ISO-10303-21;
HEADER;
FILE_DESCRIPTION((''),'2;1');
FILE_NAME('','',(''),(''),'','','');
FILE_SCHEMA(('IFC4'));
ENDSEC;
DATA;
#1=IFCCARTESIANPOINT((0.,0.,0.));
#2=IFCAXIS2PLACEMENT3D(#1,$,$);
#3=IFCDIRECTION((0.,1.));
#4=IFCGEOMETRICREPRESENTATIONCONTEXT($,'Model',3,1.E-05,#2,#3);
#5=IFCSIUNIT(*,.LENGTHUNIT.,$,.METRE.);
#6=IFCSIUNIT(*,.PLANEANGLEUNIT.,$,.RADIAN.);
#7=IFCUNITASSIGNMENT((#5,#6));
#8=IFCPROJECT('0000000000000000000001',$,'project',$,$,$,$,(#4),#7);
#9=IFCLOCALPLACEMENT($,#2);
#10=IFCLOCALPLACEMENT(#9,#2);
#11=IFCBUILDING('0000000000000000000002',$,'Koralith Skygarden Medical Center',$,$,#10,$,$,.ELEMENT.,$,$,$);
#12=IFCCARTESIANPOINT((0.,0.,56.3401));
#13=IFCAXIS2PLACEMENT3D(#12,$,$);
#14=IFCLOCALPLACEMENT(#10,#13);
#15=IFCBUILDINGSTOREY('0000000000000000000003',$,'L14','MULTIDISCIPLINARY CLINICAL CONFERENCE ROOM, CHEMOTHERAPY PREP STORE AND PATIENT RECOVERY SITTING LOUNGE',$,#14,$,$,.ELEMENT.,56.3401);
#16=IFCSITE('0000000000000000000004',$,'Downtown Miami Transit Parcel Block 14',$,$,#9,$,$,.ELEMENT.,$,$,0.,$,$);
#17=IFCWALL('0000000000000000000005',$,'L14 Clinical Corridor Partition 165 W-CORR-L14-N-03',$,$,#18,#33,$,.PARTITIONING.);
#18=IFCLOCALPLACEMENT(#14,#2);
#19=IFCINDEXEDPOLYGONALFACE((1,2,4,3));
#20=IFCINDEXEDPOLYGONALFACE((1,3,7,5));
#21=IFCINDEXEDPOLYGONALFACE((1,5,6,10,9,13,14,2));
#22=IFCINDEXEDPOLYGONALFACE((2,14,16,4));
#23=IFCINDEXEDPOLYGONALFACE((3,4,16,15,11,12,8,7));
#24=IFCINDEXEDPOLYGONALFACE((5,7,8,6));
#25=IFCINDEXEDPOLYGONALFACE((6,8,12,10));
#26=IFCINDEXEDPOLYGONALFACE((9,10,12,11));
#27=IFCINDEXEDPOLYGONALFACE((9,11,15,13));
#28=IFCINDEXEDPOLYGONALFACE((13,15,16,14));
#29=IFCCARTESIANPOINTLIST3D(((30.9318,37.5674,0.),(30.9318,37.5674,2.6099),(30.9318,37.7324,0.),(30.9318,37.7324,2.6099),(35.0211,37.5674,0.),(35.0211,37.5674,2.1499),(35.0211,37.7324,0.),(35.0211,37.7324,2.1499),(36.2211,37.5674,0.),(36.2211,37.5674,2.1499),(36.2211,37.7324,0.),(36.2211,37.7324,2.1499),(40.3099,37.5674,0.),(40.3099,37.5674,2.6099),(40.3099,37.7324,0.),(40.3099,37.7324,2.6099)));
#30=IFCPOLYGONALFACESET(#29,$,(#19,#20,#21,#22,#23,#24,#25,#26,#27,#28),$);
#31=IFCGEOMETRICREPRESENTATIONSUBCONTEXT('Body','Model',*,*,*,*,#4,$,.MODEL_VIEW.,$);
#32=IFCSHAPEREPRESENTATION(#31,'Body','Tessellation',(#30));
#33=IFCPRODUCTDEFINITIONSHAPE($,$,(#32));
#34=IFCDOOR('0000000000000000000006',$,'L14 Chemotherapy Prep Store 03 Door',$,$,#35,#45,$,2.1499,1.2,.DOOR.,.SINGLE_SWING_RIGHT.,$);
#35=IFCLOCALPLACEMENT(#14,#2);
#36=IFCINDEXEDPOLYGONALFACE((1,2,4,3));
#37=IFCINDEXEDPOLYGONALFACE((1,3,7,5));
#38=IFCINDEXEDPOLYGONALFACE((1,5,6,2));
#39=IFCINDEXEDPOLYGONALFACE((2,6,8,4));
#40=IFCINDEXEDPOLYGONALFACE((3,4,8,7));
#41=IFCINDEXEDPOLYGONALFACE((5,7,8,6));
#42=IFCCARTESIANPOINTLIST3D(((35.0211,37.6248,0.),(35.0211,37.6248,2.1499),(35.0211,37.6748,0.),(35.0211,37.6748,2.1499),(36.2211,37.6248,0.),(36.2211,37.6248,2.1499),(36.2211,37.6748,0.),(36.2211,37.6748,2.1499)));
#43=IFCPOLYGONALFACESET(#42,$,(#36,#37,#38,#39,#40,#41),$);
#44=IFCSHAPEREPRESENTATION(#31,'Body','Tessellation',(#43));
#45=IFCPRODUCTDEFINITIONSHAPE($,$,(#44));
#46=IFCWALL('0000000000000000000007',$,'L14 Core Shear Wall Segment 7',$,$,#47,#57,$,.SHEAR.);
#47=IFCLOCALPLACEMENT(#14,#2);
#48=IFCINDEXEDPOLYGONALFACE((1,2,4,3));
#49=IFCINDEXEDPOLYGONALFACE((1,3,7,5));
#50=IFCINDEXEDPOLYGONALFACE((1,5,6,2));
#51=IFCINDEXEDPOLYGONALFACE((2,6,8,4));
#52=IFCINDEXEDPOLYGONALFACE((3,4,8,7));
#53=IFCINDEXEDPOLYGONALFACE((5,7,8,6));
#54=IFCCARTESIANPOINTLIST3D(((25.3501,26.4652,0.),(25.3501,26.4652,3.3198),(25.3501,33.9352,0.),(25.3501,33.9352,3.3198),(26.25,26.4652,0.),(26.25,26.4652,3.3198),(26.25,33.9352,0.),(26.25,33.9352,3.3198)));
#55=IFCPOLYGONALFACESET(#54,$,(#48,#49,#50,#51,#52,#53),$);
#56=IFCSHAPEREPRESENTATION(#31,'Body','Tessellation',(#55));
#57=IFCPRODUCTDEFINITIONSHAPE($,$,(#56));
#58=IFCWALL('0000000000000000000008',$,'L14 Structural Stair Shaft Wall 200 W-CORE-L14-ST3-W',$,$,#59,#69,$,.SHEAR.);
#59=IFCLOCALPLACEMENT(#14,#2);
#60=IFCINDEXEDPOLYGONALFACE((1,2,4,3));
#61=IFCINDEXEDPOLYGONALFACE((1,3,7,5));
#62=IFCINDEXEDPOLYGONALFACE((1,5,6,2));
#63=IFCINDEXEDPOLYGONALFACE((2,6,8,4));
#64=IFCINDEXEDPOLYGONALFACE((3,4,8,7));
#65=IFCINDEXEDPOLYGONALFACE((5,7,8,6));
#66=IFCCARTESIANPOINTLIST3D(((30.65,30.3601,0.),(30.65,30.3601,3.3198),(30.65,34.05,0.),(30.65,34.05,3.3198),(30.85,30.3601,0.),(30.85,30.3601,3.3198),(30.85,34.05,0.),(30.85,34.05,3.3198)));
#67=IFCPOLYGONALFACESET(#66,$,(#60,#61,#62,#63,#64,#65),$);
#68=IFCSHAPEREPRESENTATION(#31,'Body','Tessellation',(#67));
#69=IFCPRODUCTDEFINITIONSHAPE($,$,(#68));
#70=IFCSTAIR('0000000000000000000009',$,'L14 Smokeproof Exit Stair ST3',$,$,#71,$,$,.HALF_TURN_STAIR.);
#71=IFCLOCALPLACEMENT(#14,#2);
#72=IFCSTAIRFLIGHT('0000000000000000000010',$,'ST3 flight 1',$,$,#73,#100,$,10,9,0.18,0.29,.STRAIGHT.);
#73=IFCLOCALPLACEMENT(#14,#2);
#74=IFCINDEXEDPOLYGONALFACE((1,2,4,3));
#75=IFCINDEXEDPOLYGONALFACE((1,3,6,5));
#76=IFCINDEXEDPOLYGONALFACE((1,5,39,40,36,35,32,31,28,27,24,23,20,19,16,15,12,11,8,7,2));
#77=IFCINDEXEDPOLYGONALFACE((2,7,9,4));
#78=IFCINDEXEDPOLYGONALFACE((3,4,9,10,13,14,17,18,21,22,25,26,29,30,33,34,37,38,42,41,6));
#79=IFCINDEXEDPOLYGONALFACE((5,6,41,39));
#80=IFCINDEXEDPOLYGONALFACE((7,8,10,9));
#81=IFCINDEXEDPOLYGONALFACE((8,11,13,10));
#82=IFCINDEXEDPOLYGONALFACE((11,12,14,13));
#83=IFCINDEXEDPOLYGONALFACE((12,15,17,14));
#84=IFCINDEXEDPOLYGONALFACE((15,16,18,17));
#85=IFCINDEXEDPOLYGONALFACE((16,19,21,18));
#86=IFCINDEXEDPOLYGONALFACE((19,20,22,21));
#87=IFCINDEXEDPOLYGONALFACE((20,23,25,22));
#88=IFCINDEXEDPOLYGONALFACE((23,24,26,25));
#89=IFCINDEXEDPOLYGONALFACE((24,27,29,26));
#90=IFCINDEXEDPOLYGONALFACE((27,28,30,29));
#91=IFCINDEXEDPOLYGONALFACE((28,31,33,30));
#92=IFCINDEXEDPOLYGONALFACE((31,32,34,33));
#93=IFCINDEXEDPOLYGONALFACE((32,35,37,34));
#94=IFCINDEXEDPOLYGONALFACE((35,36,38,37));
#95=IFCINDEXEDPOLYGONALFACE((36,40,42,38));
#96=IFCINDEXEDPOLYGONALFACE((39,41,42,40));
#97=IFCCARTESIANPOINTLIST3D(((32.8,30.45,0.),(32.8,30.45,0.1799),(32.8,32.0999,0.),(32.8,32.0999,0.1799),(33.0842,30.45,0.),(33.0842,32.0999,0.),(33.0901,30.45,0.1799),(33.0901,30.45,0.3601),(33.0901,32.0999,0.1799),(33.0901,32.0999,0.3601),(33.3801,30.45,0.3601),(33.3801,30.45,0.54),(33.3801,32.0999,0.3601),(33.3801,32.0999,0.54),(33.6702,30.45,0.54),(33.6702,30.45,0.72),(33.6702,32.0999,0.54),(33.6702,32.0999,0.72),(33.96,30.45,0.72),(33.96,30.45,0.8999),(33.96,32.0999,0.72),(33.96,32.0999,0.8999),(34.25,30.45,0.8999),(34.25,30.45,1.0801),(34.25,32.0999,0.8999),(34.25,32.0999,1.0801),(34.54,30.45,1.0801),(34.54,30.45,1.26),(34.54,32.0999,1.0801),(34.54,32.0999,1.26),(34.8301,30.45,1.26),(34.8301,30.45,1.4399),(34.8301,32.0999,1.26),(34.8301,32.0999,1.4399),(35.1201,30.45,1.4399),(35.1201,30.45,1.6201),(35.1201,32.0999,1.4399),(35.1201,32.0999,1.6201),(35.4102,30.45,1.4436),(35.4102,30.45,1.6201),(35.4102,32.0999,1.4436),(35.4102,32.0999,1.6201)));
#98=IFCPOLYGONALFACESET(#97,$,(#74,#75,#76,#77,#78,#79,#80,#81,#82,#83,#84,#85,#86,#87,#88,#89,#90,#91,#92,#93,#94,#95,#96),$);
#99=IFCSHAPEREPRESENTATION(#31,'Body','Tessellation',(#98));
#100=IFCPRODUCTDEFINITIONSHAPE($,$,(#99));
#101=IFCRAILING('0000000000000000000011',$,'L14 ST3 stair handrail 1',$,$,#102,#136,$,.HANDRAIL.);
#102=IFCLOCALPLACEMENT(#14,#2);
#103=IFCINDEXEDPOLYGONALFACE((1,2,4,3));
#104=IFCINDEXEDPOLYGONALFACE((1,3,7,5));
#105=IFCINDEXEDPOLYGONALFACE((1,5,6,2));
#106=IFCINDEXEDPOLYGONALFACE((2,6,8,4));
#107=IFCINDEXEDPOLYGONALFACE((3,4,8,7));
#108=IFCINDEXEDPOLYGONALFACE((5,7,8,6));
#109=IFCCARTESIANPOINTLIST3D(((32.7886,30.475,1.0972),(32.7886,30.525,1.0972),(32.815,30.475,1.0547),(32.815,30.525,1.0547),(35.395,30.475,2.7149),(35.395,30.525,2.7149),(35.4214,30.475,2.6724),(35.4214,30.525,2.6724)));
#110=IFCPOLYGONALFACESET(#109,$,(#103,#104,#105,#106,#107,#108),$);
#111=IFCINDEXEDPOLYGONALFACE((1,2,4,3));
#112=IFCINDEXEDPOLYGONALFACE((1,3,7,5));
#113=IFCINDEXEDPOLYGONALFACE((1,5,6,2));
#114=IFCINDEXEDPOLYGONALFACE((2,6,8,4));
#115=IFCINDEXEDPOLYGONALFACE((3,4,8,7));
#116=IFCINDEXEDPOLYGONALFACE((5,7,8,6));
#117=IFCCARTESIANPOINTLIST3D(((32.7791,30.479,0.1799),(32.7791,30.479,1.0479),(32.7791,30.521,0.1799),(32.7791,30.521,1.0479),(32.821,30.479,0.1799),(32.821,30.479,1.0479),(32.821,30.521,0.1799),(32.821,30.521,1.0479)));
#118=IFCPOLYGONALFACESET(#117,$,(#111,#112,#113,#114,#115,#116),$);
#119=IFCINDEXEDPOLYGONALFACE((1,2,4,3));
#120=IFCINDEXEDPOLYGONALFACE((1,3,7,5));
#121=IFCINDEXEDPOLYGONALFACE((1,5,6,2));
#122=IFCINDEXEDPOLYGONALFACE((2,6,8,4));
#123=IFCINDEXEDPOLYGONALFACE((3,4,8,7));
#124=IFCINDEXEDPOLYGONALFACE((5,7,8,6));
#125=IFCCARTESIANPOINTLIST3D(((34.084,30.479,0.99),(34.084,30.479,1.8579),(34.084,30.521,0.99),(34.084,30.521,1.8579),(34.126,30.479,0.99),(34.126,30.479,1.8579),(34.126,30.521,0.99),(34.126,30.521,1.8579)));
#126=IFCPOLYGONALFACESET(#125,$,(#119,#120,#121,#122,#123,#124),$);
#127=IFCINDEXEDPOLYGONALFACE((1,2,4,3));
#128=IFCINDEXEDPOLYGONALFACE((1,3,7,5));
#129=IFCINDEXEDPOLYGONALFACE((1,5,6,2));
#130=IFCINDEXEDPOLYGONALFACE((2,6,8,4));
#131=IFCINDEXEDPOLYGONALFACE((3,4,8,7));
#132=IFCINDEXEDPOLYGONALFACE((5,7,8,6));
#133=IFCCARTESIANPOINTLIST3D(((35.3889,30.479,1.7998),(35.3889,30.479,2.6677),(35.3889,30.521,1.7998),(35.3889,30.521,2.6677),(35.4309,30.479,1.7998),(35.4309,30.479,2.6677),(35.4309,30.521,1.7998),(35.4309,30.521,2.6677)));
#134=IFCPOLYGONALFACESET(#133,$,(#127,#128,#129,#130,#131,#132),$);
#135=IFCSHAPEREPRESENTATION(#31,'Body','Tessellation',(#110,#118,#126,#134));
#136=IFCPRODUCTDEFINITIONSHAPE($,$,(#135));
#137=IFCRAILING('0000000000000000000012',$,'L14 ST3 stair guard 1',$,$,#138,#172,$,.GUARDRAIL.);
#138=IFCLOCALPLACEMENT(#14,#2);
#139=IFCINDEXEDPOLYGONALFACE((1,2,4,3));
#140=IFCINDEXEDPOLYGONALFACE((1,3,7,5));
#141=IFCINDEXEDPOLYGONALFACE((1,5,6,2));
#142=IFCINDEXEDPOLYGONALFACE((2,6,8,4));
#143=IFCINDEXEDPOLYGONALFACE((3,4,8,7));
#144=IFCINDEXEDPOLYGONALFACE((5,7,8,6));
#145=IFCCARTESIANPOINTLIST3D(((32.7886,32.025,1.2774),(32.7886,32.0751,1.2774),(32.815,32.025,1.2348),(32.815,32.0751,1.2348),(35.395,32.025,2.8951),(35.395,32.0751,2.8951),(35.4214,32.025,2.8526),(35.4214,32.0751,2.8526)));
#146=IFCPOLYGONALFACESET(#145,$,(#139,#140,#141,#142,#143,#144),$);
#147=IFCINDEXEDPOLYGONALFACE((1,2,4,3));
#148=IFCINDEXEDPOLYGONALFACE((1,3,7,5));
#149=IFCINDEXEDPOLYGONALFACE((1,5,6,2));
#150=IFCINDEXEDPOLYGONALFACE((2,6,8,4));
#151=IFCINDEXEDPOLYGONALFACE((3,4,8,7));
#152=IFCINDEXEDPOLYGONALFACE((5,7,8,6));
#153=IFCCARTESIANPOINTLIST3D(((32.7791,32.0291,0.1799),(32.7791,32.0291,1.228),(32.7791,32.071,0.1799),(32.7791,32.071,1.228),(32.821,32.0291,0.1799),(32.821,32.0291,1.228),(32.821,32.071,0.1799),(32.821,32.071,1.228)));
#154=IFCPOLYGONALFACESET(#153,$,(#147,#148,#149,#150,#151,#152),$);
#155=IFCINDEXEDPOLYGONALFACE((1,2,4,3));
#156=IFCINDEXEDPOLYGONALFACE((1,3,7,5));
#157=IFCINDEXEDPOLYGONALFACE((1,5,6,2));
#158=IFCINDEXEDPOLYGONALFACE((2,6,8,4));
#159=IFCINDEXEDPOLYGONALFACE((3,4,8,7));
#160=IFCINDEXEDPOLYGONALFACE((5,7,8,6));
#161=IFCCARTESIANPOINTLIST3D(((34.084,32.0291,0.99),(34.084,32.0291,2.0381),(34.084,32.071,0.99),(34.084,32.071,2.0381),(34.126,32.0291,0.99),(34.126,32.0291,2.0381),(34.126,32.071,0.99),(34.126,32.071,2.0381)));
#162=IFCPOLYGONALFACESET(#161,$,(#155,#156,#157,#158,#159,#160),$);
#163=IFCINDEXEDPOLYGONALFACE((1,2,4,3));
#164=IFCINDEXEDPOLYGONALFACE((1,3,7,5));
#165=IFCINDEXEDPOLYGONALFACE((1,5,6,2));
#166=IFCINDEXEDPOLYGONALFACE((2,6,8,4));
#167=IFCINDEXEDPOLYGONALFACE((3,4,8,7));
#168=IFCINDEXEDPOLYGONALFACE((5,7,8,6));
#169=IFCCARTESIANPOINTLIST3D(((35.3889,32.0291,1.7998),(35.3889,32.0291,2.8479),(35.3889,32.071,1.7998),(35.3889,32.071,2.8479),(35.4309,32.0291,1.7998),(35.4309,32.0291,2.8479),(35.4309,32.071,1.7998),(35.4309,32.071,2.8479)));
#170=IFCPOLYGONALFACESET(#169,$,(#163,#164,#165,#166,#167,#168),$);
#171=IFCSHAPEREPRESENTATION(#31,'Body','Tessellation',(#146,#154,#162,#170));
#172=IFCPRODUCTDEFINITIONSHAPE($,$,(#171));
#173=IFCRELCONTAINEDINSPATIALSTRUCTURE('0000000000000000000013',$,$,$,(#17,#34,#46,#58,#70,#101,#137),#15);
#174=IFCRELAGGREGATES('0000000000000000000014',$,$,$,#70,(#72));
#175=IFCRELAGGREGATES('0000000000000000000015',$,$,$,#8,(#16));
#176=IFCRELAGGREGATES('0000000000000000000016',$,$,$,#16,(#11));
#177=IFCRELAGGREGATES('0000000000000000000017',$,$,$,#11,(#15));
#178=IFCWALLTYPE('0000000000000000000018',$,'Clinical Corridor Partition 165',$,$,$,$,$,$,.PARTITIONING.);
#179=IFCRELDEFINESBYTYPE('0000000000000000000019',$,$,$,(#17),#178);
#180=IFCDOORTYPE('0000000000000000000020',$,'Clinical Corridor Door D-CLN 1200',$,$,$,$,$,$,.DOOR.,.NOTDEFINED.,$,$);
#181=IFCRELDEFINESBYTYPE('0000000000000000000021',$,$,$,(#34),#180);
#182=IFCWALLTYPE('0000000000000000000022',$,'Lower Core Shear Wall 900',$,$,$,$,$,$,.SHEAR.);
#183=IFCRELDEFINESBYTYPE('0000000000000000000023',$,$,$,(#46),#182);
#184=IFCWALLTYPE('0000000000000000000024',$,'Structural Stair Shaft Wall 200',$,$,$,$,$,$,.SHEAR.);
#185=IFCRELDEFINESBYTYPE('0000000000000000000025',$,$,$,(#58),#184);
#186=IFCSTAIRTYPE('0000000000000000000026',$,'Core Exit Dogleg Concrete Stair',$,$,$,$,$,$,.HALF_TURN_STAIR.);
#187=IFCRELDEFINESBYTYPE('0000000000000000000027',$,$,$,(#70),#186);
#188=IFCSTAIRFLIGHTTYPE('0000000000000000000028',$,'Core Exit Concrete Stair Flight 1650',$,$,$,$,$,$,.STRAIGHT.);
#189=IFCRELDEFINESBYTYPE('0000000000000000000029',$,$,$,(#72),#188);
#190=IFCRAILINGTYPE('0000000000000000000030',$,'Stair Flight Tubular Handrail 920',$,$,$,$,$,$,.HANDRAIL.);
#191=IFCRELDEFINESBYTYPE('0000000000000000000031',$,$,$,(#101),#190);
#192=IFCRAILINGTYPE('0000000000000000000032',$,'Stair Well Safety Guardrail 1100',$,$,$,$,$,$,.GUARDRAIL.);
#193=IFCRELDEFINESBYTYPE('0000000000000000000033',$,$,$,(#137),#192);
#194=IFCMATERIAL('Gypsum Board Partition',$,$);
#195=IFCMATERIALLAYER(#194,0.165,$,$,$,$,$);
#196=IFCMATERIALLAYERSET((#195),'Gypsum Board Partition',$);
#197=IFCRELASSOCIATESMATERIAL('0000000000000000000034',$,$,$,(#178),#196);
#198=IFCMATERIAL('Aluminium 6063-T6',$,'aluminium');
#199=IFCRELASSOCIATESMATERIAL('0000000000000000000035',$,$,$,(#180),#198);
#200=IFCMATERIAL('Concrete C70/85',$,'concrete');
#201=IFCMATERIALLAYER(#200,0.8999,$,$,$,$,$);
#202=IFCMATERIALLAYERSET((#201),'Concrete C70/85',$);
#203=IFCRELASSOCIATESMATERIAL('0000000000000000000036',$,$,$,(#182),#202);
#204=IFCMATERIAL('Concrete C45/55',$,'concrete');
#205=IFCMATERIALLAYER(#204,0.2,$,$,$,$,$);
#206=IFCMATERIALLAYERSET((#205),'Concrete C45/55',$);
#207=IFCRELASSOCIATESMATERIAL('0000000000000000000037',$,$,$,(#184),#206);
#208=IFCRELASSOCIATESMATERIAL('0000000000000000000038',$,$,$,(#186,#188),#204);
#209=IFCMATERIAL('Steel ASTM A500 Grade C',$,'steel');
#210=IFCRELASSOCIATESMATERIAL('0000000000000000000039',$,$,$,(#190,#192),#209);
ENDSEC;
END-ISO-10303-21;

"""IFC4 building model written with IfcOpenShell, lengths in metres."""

from ifc_helpers import new_model, si_unit, direction, frame, frame_2d, origin, origin_2d, place, context, subcontext, project, spatial, polyline, rectangle, outline, extrude, material, layer, layer_set, type_object, element, fill, aggregate, save


model = new_model("IFC4")

# Units and contexts
model_context = context("Model", 3, precision=1e-05, world=origin(), true_north=direction((0.0, 1.0)))
body_context = subcontext(model_context, "Body", "Model", "MODEL_VIEW")
ifc_project = project(units=[si_unit("LENGTHUNIT", "METRE"), si_unit("PLANEANGLEUNIT", "RADIAN")], contexts=[model_context])

# Site, building, storey
site_placement = place(None, origin())
site = spatial("IfcSite", under=ifc_project, at=site_placement, Name="Downtown Miami Transit Parcel Block 14", CompositionType="ELEMENT", RefElevation=0.0)
building_placement = place(site_placement, origin())
building = spatial("IfcBuilding", under=site, at=building_placement, Name="Koralith Skygarden Medical Center", CompositionType="ELEMENT")
storey_placement = place(building_placement, frame((0.0, 0.0, 56.3401)))
storey = spatial("IfcBuildingStorey", under=building, at=storey_placement, Name="L14", Description="MULTIDISCIPLINARY CLINICAL CONFERENCE ROOM, CHEMOTHERAPY PREP STORE AND PATIENT RECOVERY SITTING LOUNGE", CompositionType="ELEMENT", Elevation=56.3401)

# Shared definitions
ifc_material_1 = material(Name="Concrete C70/85", Category="concrete")

# Shared definitions
ifc_material_2 = material(Name="Aluminium 6063-T6", Category="aluminium")

# Shared definitions
ifc_material_3 = material(Name="Concrete C45/55", Category="concrete")

# Shared definitions
ifc_material_4 = material(Name="Gypsum Board Partition")

# Wall, opening, door
ifc_layer_1 = layer(ifc_material_4, 0.165)
ifc_layer_set_1 = layer_set([ifc_layer_1], Name="Gypsum Board Partition")
wall_type_1 = type_object("IfcWallType", Name="Clinical Corridor Partition 165", PredefinedType="PARTITIONING", material=ifc_layer_set_1)
wall_1_placement = place(storey_placement, frame((30.9319, 37.6499, 0.0), z_axis=(0.0, 0.0, 1.0), x_axis=(1.0, 0.0, 0.0)))
wall_1 = element("IfcWall", 1, at=wall_1_placement, inside=storey, type_object=wall_type_1, Name="L14 Clinical Corridor Partition 165 W-CORR-L14-N-03", PredefinedType="PARTITIONING", context=body_context, shape_type="SweptSolid", body=[
    extrude(rectangle(XDim=9.3782, YDim=0.165, at=frame_2d((4.689, 0.0))), origin(), (0.0, 0.0, 1.0), 2.6099),
])
opening_placement = place(wall_1_placement, frame((4.0891, 0.0, 0.0)))
opening = element("IfcOpeningElement", 2, at=opening_placement, cuts=wall_1, PredefinedType="OPENING", context=body_context, shape_type="SweptSolid", body=[
    extrude(rectangle(XDim=1.2, YDim=2.1499, at=frame_2d((0.6001, 1.075))), frame((0.0, 0.0925, 0.0), z_axis=(0.0, -1.0, 0.0), x_axis=(1.0, 0.0, 0.0)), (0.0, 0.0, 1.0), 0.1851),
])
door_type = type_object("IfcDoorType", Name="Clinical Corridor Door D-CLN 1200", OperationType="NOTDEFINED", PredefinedType="DOOR", material=ifc_material_2)
door_placement = place(opening_placement, origin())
door = element("IfcDoor", 3, at=door_placement, inside=storey, type_object=door_type, Name="L14 Chemotherapy Prep Store 03 Door", OperationType="SINGLE_SWING_RIGHT", OverallHeight=2.1499, OverallWidth=1.2, PredefinedType="DOOR", context=body_context, shape_type="SweptSolid", body=[
    extrude(rectangle(XDim=1.2, YDim=2.1499, at=frame_2d((0.6001, 1.075))), frame((0.0, 0.0249, 0.0), z_axis=(0.0, -1.0, 0.0), x_axis=(1.0, 0.0, 0.0)), (0.0, 0.0, 1.0), 0.05),
])
fill(opening, door)

# Walls
ifc_layer_2 = layer(ifc_material_1, 0.8999)
ifc_layer_set_2 = layer_set([ifc_layer_2], Name="Concrete C70/85")
wall_type_2 = type_object("IfcWallType", Name="Lower Core Shear Wall 900", PredefinedType="SHEAR", material=ifc_layer_set_2)
wall_2_placement = place(storey_placement, frame((25.8, 33.9351, 0.0), z_axis=(0.0, 0.0, 1.0), x_axis=(0.0, -1.0, 0.0)))
element("IfcWall", 4, at=wall_2_placement, inside=storey, type_object=wall_type_2, Name="L14 Core Shear Wall Segment 7", PredefinedType="SHEAR", context=body_context, shape_type="SweptSolid", body=[
    extrude(rectangle(XDim=7.47, YDim=0.8999, at=frame_2d((3.7349, 0.0))), origin(), (0.0, 0.0, 1.0), 3.3198),
])
ifc_layer_3 = layer(ifc_material_3, 0.2)
ifc_layer_set_3 = layer_set([ifc_layer_3], Name="Concrete C45/55")
wall_type_3 = type_object("IfcWallType", Name="Structural Stair Shaft Wall 200", PredefinedType="SHEAR", material=ifc_layer_set_3)
wall_3_placement = place(storey_placement, frame((30.75, 30.3601, 0.0), z_axis=(0.0, 0.0, 1.0), x_axis=(0.0, 1.0, 0.0)))
element("IfcWall", 5, at=wall_3_placement, inside=storey, type_object=wall_type_3, Name="L14 Structural Stair Shaft Wall 200 W-CORE-L14-ST3-W", PredefinedType="SHEAR", context=body_context, shape_type="SweptSolid", body=[
    extrude(rectangle(XDim=3.6899, YDim=0.2, at=frame_2d((1.845, 0.0))), origin(), (0.0, 0.0, 1.0), 3.3198),
])

# Stair, stair flight
stair_type = type_object("IfcStairType", Name="Core Exit Dogleg Concrete Stair", PredefinedType="HALF_TURN_STAIR", material=ifc_material_3)
stair_placement = place(storey_placement, origin())
stair = element("IfcStair", 6, at=stair_placement, inside=storey, type_object=stair_type, Name="L14 Smokeproof Exit Stair ST3", PredefinedType="HALF_TURN_STAIR")
stair_flight_type = type_object("IfcStairFlightType", Name="Core Exit Concrete Stair Flight 1650", PredefinedType="STRAIGHT", material=ifc_material_3)
stair_flight_placement = place(storey_placement, frame((32.8, 31.2749, 0.0), z_axis=(0.0, 0.0, 1.0), x_axis=(1.0, 0.0, 0.0)))
stair_flight = element("IfcStairFlight", 7, at=stair_flight_placement, type_object=stair_flight_type, Name="ST3 flight 1", NumberOfRisers=10, NumberOfTreads=9, PredefinedType="STRAIGHT", RiserHeight=0.18, TreadLength=0.29, context=body_context, shape_type="SweptSolid", body=[
    extrude(outline(polyline([(0.0, 0.0), (0.0, 0.1799), (0.29, 0.1799), (0.29, 0.3601), (0.5801, 0.3601), (0.5801, 0.54), (0.8701, 0.54), (0.8701, 0.72), (1.1599, 0.72), (1.1599, 0.8999), (1.45, 0.8999), (1.45, 1.0801), (1.74, 1.0801), (1.74, 1.26), (2.03, 1.26), (2.03, 1.4399), (2.3201, 1.4399), (2.3201, 1.6201), (2.6101, 1.6201), (2.6101, 1.8), (2.6101, 1.4436), (0.2842, 0.0), (0.0, 0.0)])), frame((0.0, 0.825, 0.0), z_axis=(0.0, -1.0, 0.0), x_axis=(1.0, 0.0, 0.0)), (0.0, 0.0, 1.0), 1.6499),
])
aggregate(stair, [stair_flight])

# Railings
ifc_material_5 = material(Name="Steel ASTM A500 Grade C", Category="steel")
railing_type_1 = type_object("IfcRailingType", Name="Stair Flight Tubular Handrail 920", PredefinedType="HANDRAIL", material=ifc_material_5)
railing_1_placement = place(storey_placement, frame((32.8, 30.5, 0.1799)))
element("IfcRailing", 8, at=railing_1_placement, inside=storey, type_object=railing_type_1, Name="L14 ST3 stair handrail 1", PredefinedType="HANDRAIL", context=body_context, shape_type="SweptSolid", body=[
    extrude(rectangle(XDim=0.05, YDim=0.05, at=origin_2d()), frame((0.0017, 0.0, 0.896), z_axis=(0.849646, 0.0, 0.527353), x_axis=(0.0, 1.0, 0.0)), (0.0, 0.0, 1.0), 3.0676),
    extrude(rectangle(XDim=0.042, YDim=0.042, at=origin_2d()), origin(), (0.0, 0.0, 1.0), 0.8679),
    extrude(rectangle(XDim=0.042, YDim=0.042, at=origin_2d()), frame((1.3049, 0.0, 0.8101)), (0.0, 0.0, 1.0), 0.8679),
    extrude(rectangle(XDim=0.042, YDim=0.042, at=origin_2d()), frame((2.6099, 0.0, 1.6199)), (0.0, 0.0, 1.0), 0.8679),
])
railing_type_2 = type_object("IfcRailingType", Name="Stair Well Safety Guardrail 1100", PredefinedType="GUARDRAIL", material=ifc_material_5)
railing_2_placement = place(storey_placement, frame((32.8, 32.05, 0.1799)))
element("IfcRailing", 9, at=railing_2_placement, inside=storey, type_object=railing_type_2, Name="L14 ST3 stair guard 1", PredefinedType="GUARDRAIL", context=body_context, shape_type="SweptSolid", body=[
    extrude(rectangle(XDim=0.05, YDim=0.05, at=origin_2d()), frame((0.0017, 0.0, 1.0762), z_axis=(0.849646, 0.0, 0.527353), x_axis=(0.0, 1.0, 0.0)), (0.0, 0.0, 1.0), 3.0676),
    extrude(rectangle(XDim=0.042, YDim=0.042, at=origin_2d()), origin(), (0.0, 0.0, 1.0), 1.0481),
    extrude(rectangle(XDim=0.042, YDim=0.042, at=origin_2d()), frame((1.3049, 0.0, 0.8101)), (0.0, 0.0, 1.0), 1.0481),
    extrude(rectangle(XDim=0.042, YDim=0.042, at=origin_2d()), frame((2.6099, 0.0, 1.6199)), (0.0, 0.0, 1.0), 1.0481),
])

save(model, "model.ifc")
